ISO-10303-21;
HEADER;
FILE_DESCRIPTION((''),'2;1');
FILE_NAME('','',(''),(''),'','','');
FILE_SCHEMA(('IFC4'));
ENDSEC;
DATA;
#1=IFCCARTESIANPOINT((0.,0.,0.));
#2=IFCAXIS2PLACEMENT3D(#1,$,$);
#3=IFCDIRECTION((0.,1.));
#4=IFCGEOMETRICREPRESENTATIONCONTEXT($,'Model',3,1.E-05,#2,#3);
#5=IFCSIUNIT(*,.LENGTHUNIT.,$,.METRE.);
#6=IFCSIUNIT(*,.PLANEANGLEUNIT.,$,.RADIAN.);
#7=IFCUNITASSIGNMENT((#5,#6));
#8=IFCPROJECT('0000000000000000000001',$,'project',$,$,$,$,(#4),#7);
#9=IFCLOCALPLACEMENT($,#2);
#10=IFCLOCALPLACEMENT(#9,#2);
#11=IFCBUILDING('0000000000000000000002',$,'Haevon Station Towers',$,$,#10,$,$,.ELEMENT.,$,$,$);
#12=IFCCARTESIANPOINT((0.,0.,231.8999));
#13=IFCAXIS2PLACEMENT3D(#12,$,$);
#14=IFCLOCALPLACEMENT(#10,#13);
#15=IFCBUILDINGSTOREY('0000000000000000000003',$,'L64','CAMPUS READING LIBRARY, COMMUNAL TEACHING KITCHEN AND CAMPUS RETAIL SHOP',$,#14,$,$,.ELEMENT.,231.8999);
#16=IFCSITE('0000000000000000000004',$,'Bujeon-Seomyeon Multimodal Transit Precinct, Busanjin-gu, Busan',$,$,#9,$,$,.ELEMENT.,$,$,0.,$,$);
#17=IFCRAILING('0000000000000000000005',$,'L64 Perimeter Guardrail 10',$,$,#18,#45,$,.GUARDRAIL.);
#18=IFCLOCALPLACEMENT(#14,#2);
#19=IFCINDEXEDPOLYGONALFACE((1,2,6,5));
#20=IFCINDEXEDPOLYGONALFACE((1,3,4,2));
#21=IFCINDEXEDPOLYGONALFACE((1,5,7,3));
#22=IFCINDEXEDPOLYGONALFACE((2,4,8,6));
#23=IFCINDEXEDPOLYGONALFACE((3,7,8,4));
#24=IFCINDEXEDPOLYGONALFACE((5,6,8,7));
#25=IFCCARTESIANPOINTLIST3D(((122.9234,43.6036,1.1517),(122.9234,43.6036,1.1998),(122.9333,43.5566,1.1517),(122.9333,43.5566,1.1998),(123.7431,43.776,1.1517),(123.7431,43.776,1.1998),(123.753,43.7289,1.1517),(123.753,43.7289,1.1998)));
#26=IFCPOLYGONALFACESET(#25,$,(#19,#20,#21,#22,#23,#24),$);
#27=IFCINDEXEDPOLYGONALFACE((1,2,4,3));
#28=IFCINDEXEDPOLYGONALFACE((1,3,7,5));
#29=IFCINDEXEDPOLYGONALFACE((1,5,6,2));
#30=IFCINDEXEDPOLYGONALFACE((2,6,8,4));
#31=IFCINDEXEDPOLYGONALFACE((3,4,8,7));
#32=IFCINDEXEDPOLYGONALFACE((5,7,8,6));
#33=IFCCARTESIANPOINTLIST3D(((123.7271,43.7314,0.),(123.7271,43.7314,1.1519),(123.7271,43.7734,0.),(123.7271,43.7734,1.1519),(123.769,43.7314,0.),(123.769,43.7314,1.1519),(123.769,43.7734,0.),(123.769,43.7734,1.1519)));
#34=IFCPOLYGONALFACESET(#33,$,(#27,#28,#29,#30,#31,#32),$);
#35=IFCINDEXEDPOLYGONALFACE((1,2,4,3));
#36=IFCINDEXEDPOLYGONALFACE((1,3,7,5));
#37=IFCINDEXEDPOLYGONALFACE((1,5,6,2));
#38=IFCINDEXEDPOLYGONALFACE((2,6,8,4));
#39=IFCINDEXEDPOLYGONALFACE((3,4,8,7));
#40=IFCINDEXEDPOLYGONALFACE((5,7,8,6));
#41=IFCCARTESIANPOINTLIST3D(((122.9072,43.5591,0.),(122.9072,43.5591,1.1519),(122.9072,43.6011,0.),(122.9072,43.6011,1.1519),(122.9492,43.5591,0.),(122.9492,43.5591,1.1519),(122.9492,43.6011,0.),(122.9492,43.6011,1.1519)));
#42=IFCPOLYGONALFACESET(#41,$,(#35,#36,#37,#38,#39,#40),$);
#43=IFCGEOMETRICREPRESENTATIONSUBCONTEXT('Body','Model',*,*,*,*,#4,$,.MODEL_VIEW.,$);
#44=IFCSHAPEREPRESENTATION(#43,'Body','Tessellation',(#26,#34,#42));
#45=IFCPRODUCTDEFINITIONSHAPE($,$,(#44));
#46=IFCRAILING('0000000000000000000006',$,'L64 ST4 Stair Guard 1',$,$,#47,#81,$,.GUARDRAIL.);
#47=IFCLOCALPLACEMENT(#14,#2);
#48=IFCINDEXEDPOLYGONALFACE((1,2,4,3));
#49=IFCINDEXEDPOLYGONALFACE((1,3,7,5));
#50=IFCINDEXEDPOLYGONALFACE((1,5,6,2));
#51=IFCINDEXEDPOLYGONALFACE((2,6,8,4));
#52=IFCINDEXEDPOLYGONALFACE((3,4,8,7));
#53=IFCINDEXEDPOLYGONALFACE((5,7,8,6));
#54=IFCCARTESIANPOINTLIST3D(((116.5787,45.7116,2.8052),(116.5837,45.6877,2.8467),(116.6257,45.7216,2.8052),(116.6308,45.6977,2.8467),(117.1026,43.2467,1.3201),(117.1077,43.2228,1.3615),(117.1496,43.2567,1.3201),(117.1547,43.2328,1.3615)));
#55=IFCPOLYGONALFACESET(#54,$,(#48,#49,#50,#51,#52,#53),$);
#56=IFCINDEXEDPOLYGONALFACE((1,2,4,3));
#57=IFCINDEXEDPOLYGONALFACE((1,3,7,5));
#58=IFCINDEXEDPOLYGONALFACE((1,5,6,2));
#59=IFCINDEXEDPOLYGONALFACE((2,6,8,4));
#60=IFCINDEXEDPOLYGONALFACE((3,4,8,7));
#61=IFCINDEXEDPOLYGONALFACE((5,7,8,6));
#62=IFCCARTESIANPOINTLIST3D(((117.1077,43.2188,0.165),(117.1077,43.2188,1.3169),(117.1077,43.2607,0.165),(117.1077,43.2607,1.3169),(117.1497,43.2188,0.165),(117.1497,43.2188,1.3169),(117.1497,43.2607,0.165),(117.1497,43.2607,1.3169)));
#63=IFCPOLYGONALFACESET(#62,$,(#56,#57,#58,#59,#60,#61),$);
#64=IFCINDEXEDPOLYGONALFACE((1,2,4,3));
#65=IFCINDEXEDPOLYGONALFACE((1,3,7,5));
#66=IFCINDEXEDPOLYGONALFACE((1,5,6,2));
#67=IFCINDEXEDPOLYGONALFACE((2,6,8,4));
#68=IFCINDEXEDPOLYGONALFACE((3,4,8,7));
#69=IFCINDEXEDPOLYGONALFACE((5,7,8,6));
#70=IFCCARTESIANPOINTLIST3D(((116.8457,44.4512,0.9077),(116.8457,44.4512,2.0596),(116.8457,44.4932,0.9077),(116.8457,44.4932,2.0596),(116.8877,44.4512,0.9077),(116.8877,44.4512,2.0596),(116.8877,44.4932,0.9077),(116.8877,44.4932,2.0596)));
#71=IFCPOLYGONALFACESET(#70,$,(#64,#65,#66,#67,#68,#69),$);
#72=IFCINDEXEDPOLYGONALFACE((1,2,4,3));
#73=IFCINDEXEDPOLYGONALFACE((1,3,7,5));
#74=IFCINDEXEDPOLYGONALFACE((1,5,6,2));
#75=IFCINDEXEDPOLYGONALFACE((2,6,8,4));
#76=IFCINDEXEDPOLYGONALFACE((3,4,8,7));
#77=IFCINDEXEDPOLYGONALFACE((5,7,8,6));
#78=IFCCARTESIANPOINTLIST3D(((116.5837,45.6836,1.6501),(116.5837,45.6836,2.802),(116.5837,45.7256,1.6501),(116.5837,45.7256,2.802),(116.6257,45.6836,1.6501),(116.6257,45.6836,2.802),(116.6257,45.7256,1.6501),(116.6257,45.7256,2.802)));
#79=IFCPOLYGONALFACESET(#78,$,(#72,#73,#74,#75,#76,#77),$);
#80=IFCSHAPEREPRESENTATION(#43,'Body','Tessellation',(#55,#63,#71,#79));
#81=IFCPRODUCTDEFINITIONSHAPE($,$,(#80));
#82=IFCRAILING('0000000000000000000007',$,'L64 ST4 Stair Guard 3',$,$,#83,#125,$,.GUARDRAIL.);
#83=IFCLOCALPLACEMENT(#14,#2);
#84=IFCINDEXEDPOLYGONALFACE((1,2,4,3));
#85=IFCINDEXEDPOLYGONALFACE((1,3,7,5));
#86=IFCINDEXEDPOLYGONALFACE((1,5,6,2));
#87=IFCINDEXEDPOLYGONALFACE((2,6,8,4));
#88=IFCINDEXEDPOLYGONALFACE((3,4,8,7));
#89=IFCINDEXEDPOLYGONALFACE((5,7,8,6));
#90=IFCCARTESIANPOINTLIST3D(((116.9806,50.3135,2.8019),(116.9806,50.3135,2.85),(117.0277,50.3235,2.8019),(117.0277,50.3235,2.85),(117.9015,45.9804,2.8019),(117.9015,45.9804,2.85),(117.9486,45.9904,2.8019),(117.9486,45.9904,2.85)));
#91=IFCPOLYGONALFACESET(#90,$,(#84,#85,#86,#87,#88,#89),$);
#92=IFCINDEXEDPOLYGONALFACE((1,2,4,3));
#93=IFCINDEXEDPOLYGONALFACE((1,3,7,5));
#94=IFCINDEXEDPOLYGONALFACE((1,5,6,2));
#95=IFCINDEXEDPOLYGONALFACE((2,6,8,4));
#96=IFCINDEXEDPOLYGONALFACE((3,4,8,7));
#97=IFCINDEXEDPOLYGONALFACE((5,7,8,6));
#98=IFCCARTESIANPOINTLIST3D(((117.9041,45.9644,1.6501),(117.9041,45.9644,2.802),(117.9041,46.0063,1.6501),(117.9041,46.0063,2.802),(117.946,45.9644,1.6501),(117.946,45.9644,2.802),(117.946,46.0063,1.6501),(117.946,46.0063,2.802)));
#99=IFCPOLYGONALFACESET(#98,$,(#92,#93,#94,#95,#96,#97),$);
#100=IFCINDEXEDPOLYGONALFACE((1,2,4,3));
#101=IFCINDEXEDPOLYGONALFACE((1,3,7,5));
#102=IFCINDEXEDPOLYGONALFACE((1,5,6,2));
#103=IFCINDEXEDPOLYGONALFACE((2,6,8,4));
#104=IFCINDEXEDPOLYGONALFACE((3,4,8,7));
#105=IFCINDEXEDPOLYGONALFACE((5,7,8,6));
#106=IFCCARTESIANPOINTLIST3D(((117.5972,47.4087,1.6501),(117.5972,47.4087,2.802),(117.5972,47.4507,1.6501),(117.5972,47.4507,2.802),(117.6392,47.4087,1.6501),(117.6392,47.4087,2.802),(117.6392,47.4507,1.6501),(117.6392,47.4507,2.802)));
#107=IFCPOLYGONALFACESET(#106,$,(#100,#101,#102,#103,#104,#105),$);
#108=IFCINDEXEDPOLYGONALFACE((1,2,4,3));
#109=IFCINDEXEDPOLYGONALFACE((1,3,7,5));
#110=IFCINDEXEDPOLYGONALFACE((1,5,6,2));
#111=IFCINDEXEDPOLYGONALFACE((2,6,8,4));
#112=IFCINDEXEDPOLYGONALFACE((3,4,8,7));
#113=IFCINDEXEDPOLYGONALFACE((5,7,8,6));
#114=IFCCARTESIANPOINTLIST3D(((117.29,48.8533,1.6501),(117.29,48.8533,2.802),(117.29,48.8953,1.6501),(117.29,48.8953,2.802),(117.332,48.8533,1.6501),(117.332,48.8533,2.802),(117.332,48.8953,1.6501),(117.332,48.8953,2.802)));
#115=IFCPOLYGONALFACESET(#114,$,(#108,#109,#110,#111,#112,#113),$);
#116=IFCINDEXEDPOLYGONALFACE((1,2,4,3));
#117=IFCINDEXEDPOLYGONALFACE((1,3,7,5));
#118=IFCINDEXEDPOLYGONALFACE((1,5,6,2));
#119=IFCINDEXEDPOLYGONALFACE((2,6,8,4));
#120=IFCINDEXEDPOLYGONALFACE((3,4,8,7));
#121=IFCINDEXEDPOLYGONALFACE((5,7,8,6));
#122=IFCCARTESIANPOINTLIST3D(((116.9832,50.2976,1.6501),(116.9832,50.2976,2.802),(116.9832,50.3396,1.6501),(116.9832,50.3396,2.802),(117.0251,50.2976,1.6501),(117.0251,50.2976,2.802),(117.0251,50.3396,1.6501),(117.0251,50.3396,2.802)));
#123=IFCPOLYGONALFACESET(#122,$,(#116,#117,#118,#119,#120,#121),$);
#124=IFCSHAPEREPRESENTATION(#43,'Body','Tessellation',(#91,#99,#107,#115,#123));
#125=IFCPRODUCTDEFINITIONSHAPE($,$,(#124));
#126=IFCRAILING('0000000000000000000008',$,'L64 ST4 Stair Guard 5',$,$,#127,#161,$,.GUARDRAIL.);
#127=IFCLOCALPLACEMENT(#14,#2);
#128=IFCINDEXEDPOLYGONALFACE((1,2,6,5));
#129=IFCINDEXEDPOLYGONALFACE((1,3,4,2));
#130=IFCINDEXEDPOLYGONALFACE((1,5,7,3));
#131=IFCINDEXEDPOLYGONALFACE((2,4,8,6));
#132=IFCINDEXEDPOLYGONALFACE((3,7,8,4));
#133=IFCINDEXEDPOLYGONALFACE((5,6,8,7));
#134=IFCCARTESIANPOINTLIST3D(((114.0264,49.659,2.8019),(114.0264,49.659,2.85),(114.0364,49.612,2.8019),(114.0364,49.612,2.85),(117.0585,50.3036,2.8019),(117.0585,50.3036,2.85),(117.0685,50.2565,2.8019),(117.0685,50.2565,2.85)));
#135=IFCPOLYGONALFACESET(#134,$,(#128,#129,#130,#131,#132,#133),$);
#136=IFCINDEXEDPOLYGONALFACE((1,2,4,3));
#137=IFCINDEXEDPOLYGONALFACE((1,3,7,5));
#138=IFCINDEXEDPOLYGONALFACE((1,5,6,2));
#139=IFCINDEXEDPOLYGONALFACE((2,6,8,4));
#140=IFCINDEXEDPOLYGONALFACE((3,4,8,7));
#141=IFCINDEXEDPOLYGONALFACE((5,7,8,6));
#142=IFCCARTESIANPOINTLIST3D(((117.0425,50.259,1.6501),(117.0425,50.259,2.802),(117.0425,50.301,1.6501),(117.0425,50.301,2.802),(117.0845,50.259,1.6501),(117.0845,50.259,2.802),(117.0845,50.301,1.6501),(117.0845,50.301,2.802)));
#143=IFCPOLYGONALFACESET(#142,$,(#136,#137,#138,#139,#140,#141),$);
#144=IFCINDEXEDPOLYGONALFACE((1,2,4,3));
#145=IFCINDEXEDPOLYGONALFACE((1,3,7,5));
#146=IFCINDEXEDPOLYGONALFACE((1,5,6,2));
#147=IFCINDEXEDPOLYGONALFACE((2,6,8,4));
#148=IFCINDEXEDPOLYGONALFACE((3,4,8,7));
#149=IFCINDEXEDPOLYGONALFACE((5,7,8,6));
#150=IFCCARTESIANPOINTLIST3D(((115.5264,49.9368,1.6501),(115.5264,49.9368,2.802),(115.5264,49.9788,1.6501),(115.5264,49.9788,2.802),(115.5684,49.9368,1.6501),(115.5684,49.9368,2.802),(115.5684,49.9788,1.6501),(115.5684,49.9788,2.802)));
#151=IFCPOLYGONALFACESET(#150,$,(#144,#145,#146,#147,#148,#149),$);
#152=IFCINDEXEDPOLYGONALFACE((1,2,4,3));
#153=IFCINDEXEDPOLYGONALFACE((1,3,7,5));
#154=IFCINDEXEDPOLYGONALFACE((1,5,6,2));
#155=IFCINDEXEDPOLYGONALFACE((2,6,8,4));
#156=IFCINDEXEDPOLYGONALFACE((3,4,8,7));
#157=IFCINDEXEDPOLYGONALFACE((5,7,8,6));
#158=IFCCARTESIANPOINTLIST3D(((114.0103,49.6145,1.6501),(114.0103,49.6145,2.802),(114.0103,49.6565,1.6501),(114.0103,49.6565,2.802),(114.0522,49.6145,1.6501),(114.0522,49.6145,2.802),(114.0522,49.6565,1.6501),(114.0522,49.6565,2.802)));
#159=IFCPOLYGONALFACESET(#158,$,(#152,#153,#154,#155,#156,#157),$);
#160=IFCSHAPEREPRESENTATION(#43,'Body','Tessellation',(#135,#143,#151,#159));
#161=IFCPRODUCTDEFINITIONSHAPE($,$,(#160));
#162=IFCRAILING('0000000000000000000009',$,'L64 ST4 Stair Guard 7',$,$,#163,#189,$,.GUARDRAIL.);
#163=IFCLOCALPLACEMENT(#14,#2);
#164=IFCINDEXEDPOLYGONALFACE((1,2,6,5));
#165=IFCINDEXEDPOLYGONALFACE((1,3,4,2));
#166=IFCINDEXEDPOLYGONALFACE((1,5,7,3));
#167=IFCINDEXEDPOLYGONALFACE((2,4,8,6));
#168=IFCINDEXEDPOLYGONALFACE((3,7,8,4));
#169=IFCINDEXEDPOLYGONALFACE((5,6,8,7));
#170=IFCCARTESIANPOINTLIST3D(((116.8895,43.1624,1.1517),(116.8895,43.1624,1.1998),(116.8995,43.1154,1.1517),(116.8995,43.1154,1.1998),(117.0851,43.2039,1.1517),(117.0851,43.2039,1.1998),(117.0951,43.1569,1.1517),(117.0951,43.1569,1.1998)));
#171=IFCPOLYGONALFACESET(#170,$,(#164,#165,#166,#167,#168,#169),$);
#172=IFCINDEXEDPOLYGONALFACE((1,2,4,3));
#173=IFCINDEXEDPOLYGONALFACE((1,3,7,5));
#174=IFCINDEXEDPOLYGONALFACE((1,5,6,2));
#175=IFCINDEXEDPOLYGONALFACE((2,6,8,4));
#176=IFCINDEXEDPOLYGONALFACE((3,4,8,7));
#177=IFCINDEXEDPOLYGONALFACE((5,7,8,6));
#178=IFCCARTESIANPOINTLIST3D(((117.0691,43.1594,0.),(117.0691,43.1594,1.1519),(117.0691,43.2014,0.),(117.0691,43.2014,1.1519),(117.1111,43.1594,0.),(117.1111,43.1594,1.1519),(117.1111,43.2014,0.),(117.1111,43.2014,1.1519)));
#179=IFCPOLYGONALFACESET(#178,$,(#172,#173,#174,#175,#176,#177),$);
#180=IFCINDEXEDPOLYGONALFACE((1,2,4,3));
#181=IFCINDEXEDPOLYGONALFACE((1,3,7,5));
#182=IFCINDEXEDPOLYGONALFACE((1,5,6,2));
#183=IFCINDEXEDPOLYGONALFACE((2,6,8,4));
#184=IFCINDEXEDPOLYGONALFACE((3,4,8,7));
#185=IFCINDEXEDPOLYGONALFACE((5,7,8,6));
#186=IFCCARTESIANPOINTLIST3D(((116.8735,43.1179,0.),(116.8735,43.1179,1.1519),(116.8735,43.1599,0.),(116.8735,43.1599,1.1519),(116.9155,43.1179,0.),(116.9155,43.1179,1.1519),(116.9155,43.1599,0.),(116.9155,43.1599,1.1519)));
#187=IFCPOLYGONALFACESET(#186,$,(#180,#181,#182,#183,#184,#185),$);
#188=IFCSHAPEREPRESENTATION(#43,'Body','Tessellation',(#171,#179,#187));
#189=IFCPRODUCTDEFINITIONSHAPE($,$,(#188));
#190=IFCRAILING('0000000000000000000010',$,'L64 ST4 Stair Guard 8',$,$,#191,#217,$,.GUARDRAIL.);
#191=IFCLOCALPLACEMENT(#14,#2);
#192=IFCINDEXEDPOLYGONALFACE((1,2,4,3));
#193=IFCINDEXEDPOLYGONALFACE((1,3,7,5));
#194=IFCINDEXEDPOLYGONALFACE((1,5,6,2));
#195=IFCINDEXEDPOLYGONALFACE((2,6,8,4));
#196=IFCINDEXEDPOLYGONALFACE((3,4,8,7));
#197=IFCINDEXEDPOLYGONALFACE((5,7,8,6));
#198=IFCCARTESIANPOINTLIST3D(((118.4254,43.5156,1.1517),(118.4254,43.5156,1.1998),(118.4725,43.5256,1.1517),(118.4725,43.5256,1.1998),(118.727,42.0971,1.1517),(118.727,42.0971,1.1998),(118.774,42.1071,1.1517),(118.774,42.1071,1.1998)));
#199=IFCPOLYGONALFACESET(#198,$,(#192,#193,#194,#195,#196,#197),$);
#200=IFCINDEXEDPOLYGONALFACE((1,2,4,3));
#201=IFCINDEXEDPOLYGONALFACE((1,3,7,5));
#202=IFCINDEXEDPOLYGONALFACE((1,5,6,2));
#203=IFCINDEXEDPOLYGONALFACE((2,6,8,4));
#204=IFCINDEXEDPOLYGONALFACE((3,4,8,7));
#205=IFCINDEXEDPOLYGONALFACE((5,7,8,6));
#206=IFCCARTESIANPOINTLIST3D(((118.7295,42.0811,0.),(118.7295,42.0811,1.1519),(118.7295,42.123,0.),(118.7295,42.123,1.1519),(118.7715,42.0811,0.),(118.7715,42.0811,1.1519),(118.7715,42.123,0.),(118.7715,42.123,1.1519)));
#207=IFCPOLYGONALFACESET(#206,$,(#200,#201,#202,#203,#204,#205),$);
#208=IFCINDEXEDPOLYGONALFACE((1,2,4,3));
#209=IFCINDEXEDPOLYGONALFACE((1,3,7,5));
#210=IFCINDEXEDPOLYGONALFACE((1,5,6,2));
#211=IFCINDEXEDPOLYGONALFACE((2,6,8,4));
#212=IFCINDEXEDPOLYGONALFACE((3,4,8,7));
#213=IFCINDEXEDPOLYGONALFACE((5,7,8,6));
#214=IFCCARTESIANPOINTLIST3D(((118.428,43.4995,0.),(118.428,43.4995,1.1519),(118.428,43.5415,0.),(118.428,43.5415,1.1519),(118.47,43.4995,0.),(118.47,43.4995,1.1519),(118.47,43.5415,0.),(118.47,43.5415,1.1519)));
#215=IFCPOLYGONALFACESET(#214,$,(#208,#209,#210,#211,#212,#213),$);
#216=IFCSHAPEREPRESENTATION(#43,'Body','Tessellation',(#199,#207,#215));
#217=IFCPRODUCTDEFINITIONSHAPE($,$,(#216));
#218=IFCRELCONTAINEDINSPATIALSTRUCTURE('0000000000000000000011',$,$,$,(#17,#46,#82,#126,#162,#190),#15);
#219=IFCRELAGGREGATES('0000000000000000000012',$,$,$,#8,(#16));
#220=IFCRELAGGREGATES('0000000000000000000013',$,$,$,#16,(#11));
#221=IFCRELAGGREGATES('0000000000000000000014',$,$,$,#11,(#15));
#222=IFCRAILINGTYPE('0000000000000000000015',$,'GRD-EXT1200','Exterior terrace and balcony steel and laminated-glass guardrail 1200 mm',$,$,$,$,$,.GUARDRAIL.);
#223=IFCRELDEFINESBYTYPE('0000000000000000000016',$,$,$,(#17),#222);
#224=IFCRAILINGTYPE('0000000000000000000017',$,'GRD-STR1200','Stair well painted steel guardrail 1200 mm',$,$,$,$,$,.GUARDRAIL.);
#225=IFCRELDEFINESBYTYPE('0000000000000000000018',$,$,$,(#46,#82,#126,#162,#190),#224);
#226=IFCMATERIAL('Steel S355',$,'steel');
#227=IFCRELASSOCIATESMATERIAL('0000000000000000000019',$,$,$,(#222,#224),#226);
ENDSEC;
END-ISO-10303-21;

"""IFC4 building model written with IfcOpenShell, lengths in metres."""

from ifc_helpers import new_model, si_unit, direction, frame, origin, origin_2d, place, context, subcontext, project, spatial, rectangle, extrude, material, type_object, element, save


model = new_model("IFC4")

# Units and contexts
model_context = context("Model", 3, precision=1e-05, world=origin(), true_north=direction((0.0, 1.0)))
body_context = subcontext(model_context, "Body", "Model", "MODEL_VIEW")
ifc_project = project(units=[si_unit("LENGTHUNIT", "METRE"), si_unit("PLANEANGLEUNIT", "RADIAN")], contexts=[model_context])

# Site, building, storey
site_placement = place(None, origin())
site = spatial("IfcSite", under=ifc_project, at=site_placement, Name="Bujeon-Seomyeon Multimodal Transit Precinct, Busanjin-gu, Busan", CompositionType="ELEMENT", RefElevation=0.0)
building_placement = place(site_placement, origin())
building = spatial("IfcBuilding", under=site, at=building_placement, Name="Haevon Station Towers", CompositionType="ELEMENT")
storey_placement = place(building_placement, frame((0.0, 0.0, 231.8999)))
storey = spatial("IfcBuildingStorey", under=building, at=storey_placement, Name="L64", Description="CAMPUS READING LIBRARY, COMMUNAL TEACHING KITCHEN AND CAMPUS RETAIL SHOP", CompositionType="ELEMENT", Elevation=231.8999)

# Shared definitions
ifc_material_1 = material(Name="Steel S355", Category="steel")

# Railings
railing_type_1 = type_object("IfcRailingType", Name="GRD-EXT1200", Description="Exterior terrace and balcony steel and laminated-glass guardrail 1200 mm", PredefinedType="GUARDRAIL", material=ifc_material_1)
railing_1_placement = place(storey_placement, frame((123.748, 43.7524, 0.0)))
element("IfcRailing", 1, at=railing_1_placement, inside=storey, type_object=railing_type_1, Name="L64 Perimeter Guardrail 10", PredefinedType="GUARDRAIL", context=body_context, shape_type="SweptSolid", body=[
    extrude(rectangle(XDim=0.0481, YDim=0.0481, at=origin_2d()), frame((0.0, 0.0, 1.1758), z_axis=(-0.978605, -0.205746, 0.0), x_axis=(0.205746, -0.978605, 0.0)), (0.0, 0.0, 1.0), 0.8376),
    extrude(rectangle(XDim=0.042, YDim=0.042, at=origin_2d()), origin(), (0.0, 0.0, 1.0), 1.1519),
    extrude(rectangle(XDim=0.042, YDim=0.042, at=origin_2d()), frame((-0.8198, -0.1724, 0.0)), (0.0, 0.0, 1.0), 1.1519),
])
railing_type_2 = type_object("IfcRailingType", Name="GRD-STR1200", Description="Stair well painted steel guardrail 1200 mm", PredefinedType="GUARDRAIL", material=ifc_material_1)
railing_2_placement = place(storey_placement, frame((117.1287, 43.2397, 0.165)))
element("IfcRailing", 2, at=railing_2_placement, inside=storey, type_object=railing_type_2, Name="L64 ST4 Stair Guard 1", PredefinedType="GUARDRAIL", context=body_context, shape_type="SweptSolid", body=[
    extrude(rectangle(XDim=0.0481, YDim=0.0481, at=origin_2d()), frame((0.0, 0.0, 1.1758), z_axis=(-0.179121, 0.842688, 0.507733), x_axis=(-0.978147, -0.207914, 0.0)), (0.0, 0.0, 1.0), 2.925),
    extrude(rectangle(XDim=0.042, YDim=0.042, at=origin_2d()), origin(), (0.0, 0.0, 1.0), 1.1519),
    extrude(rectangle(XDim=0.042, YDim=0.042, at=origin_2d()), frame((-0.262, 1.2324, 0.7427)), (0.0, 0.0, 1.0), 1.1519),
    extrude(rectangle(XDim=0.042, YDim=0.042, at=origin_2d()), frame((-0.5239, 2.4648, 1.4851)), (0.0, 0.0, 1.0), 1.1519),
])
railing_3_placement = place(storey_placement, frame((117.925, 45.9854, 1.6501)))
element("IfcRailing", 3, at=railing_3_placement, inside=storey, type_object=railing_type_2, Name="L64 ST4 Stair Guard 3", PredefinedType="GUARDRAIL", context=body_context, shape_type="SweptSolid", body=[
    extrude(rectangle(XDim=0.0481, YDim=0.0481, at=origin_2d()), frame((0.0, 0.0, 1.1758), z_axis=(-0.207877, 0.978155, 0.0), x_axis=(-0.978155, -0.207877, 0.0)), (0.0, 0.0, 1.0), 4.4299),
    extrude(rectangle(XDim=0.042, YDim=0.042, at=origin_2d()), origin(), (0.0, 0.0, 1.0), 1.1519),
    extrude(rectangle(XDim=0.042, YDim=0.042, at=origin_2d()), frame((-0.3069, 1.4443, 0.0)), (0.0, 0.0, 1.0), 1.1519),
    extrude(rectangle(XDim=0.042, YDim=0.042, at=origin_2d()), frame((-0.614, 2.8889, 0.0)), (0.0, 0.0, 1.0), 1.1519),
    extrude(rectangle(XDim=0.042, YDim=0.042, at=origin_2d()), frame((-0.9209, 4.3333, 0.0)), (0.0, 0.0, 1.0), 1.1519),
])
railing_4_placement = place(storey_placement, frame((117.0635, 50.28, 1.6501)))
element("IfcRailing", 4, at=railing_4_placement, inside=storey, type_object=railing_type_2, Name="L64 ST4 Stair Guard 5", PredefinedType="GUARDRAIL", context=body_context, shape_type="SweptSolid", body=[
    extrude(rectangle(XDim=0.0481, YDim=0.0481, at=origin_2d()), frame((0.0, 0.0, 1.1758), z_axis=(-0.978147, -0.207915, 0.0), x_axis=(0.207915, -0.978147, 0.0)), (0.0, 0.0, 1.0), 3.0999),
    extrude(rectangle(XDim=0.042, YDim=0.042, at=origin_2d()), origin(), (0.0, 0.0, 1.0), 1.1519),
    extrude(rectangle(XDim=0.042, YDim=0.042, at=origin_2d()), frame((-1.5161, -0.3223, 0.0)), (0.0, 0.0, 1.0), 1.1519),
    extrude(rectangle(XDim=0.042, YDim=0.042, at=origin_2d()), frame((-3.0322, -0.6445, 0.0)), (0.0, 0.0, 1.0), 1.1519),
])
railing_5_placement = place(storey_placement, frame((117.0901, 43.1804, 0.0)))
element("IfcRailing", 5, at=railing_5_placement, inside=storey, type_object=railing_type_2, Name="L64 ST4 Stair Guard 7", PredefinedType="GUARDRAIL", context=body_context, shape_type="SweptSolid", body=[
    extrude(rectangle(XDim=0.0481, YDim=0.0481, at=origin_2d()), frame((0.0, 0.0, 1.1758), z_axis=(-0.978212, -0.20761, 0.0), x_axis=(0.20761, -0.978212, 0.0)), (0.0, 0.0, 1.0), 0.2),
    extrude(rectangle(XDim=0.042, YDim=0.042, at=origin_2d()), origin(), (0.0, 0.0, 1.0), 1.1519),
    extrude(rectangle(XDim=0.042, YDim=0.042, at=origin_2d()), frame((-0.1956, -0.0415, 0.0)), (0.0, 0.0, 1.0), 1.1519),
])
railing_6_placement = place(storey_placement, frame((118.7505, 42.1021, 0.0)))
element("IfcRailing", 6, at=railing_6_placement, inside=storey, type_object=railing_type_2, Name="L64 ST4 Stair Guard 8", PredefinedType="GUARDRAIL", context=body_context, shape_type="SweptSolid", body=[
    extrude(rectangle(XDim=0.0481, YDim=0.0481, at=origin_2d()), frame((0.0, 0.0, 1.1758), z_axis=(-0.207919, 0.978146, 0.0), x_axis=(-0.978146, -0.207919, 0.0)), (0.0, 0.0, 1.0), 1.4502),
    extrude(rectangle(XDim=0.042, YDim=0.042, at=origin_2d()), origin(), (0.0, 0.0, 1.0), 1.1519),
    extrude(rectangle(XDim=0.042, YDim=0.042, at=origin_2d()), frame((-0.3015, 1.4185, 0.0)), (0.0, 0.0, 1.0), 1.1519),
])

save(model, "model.ifc")
